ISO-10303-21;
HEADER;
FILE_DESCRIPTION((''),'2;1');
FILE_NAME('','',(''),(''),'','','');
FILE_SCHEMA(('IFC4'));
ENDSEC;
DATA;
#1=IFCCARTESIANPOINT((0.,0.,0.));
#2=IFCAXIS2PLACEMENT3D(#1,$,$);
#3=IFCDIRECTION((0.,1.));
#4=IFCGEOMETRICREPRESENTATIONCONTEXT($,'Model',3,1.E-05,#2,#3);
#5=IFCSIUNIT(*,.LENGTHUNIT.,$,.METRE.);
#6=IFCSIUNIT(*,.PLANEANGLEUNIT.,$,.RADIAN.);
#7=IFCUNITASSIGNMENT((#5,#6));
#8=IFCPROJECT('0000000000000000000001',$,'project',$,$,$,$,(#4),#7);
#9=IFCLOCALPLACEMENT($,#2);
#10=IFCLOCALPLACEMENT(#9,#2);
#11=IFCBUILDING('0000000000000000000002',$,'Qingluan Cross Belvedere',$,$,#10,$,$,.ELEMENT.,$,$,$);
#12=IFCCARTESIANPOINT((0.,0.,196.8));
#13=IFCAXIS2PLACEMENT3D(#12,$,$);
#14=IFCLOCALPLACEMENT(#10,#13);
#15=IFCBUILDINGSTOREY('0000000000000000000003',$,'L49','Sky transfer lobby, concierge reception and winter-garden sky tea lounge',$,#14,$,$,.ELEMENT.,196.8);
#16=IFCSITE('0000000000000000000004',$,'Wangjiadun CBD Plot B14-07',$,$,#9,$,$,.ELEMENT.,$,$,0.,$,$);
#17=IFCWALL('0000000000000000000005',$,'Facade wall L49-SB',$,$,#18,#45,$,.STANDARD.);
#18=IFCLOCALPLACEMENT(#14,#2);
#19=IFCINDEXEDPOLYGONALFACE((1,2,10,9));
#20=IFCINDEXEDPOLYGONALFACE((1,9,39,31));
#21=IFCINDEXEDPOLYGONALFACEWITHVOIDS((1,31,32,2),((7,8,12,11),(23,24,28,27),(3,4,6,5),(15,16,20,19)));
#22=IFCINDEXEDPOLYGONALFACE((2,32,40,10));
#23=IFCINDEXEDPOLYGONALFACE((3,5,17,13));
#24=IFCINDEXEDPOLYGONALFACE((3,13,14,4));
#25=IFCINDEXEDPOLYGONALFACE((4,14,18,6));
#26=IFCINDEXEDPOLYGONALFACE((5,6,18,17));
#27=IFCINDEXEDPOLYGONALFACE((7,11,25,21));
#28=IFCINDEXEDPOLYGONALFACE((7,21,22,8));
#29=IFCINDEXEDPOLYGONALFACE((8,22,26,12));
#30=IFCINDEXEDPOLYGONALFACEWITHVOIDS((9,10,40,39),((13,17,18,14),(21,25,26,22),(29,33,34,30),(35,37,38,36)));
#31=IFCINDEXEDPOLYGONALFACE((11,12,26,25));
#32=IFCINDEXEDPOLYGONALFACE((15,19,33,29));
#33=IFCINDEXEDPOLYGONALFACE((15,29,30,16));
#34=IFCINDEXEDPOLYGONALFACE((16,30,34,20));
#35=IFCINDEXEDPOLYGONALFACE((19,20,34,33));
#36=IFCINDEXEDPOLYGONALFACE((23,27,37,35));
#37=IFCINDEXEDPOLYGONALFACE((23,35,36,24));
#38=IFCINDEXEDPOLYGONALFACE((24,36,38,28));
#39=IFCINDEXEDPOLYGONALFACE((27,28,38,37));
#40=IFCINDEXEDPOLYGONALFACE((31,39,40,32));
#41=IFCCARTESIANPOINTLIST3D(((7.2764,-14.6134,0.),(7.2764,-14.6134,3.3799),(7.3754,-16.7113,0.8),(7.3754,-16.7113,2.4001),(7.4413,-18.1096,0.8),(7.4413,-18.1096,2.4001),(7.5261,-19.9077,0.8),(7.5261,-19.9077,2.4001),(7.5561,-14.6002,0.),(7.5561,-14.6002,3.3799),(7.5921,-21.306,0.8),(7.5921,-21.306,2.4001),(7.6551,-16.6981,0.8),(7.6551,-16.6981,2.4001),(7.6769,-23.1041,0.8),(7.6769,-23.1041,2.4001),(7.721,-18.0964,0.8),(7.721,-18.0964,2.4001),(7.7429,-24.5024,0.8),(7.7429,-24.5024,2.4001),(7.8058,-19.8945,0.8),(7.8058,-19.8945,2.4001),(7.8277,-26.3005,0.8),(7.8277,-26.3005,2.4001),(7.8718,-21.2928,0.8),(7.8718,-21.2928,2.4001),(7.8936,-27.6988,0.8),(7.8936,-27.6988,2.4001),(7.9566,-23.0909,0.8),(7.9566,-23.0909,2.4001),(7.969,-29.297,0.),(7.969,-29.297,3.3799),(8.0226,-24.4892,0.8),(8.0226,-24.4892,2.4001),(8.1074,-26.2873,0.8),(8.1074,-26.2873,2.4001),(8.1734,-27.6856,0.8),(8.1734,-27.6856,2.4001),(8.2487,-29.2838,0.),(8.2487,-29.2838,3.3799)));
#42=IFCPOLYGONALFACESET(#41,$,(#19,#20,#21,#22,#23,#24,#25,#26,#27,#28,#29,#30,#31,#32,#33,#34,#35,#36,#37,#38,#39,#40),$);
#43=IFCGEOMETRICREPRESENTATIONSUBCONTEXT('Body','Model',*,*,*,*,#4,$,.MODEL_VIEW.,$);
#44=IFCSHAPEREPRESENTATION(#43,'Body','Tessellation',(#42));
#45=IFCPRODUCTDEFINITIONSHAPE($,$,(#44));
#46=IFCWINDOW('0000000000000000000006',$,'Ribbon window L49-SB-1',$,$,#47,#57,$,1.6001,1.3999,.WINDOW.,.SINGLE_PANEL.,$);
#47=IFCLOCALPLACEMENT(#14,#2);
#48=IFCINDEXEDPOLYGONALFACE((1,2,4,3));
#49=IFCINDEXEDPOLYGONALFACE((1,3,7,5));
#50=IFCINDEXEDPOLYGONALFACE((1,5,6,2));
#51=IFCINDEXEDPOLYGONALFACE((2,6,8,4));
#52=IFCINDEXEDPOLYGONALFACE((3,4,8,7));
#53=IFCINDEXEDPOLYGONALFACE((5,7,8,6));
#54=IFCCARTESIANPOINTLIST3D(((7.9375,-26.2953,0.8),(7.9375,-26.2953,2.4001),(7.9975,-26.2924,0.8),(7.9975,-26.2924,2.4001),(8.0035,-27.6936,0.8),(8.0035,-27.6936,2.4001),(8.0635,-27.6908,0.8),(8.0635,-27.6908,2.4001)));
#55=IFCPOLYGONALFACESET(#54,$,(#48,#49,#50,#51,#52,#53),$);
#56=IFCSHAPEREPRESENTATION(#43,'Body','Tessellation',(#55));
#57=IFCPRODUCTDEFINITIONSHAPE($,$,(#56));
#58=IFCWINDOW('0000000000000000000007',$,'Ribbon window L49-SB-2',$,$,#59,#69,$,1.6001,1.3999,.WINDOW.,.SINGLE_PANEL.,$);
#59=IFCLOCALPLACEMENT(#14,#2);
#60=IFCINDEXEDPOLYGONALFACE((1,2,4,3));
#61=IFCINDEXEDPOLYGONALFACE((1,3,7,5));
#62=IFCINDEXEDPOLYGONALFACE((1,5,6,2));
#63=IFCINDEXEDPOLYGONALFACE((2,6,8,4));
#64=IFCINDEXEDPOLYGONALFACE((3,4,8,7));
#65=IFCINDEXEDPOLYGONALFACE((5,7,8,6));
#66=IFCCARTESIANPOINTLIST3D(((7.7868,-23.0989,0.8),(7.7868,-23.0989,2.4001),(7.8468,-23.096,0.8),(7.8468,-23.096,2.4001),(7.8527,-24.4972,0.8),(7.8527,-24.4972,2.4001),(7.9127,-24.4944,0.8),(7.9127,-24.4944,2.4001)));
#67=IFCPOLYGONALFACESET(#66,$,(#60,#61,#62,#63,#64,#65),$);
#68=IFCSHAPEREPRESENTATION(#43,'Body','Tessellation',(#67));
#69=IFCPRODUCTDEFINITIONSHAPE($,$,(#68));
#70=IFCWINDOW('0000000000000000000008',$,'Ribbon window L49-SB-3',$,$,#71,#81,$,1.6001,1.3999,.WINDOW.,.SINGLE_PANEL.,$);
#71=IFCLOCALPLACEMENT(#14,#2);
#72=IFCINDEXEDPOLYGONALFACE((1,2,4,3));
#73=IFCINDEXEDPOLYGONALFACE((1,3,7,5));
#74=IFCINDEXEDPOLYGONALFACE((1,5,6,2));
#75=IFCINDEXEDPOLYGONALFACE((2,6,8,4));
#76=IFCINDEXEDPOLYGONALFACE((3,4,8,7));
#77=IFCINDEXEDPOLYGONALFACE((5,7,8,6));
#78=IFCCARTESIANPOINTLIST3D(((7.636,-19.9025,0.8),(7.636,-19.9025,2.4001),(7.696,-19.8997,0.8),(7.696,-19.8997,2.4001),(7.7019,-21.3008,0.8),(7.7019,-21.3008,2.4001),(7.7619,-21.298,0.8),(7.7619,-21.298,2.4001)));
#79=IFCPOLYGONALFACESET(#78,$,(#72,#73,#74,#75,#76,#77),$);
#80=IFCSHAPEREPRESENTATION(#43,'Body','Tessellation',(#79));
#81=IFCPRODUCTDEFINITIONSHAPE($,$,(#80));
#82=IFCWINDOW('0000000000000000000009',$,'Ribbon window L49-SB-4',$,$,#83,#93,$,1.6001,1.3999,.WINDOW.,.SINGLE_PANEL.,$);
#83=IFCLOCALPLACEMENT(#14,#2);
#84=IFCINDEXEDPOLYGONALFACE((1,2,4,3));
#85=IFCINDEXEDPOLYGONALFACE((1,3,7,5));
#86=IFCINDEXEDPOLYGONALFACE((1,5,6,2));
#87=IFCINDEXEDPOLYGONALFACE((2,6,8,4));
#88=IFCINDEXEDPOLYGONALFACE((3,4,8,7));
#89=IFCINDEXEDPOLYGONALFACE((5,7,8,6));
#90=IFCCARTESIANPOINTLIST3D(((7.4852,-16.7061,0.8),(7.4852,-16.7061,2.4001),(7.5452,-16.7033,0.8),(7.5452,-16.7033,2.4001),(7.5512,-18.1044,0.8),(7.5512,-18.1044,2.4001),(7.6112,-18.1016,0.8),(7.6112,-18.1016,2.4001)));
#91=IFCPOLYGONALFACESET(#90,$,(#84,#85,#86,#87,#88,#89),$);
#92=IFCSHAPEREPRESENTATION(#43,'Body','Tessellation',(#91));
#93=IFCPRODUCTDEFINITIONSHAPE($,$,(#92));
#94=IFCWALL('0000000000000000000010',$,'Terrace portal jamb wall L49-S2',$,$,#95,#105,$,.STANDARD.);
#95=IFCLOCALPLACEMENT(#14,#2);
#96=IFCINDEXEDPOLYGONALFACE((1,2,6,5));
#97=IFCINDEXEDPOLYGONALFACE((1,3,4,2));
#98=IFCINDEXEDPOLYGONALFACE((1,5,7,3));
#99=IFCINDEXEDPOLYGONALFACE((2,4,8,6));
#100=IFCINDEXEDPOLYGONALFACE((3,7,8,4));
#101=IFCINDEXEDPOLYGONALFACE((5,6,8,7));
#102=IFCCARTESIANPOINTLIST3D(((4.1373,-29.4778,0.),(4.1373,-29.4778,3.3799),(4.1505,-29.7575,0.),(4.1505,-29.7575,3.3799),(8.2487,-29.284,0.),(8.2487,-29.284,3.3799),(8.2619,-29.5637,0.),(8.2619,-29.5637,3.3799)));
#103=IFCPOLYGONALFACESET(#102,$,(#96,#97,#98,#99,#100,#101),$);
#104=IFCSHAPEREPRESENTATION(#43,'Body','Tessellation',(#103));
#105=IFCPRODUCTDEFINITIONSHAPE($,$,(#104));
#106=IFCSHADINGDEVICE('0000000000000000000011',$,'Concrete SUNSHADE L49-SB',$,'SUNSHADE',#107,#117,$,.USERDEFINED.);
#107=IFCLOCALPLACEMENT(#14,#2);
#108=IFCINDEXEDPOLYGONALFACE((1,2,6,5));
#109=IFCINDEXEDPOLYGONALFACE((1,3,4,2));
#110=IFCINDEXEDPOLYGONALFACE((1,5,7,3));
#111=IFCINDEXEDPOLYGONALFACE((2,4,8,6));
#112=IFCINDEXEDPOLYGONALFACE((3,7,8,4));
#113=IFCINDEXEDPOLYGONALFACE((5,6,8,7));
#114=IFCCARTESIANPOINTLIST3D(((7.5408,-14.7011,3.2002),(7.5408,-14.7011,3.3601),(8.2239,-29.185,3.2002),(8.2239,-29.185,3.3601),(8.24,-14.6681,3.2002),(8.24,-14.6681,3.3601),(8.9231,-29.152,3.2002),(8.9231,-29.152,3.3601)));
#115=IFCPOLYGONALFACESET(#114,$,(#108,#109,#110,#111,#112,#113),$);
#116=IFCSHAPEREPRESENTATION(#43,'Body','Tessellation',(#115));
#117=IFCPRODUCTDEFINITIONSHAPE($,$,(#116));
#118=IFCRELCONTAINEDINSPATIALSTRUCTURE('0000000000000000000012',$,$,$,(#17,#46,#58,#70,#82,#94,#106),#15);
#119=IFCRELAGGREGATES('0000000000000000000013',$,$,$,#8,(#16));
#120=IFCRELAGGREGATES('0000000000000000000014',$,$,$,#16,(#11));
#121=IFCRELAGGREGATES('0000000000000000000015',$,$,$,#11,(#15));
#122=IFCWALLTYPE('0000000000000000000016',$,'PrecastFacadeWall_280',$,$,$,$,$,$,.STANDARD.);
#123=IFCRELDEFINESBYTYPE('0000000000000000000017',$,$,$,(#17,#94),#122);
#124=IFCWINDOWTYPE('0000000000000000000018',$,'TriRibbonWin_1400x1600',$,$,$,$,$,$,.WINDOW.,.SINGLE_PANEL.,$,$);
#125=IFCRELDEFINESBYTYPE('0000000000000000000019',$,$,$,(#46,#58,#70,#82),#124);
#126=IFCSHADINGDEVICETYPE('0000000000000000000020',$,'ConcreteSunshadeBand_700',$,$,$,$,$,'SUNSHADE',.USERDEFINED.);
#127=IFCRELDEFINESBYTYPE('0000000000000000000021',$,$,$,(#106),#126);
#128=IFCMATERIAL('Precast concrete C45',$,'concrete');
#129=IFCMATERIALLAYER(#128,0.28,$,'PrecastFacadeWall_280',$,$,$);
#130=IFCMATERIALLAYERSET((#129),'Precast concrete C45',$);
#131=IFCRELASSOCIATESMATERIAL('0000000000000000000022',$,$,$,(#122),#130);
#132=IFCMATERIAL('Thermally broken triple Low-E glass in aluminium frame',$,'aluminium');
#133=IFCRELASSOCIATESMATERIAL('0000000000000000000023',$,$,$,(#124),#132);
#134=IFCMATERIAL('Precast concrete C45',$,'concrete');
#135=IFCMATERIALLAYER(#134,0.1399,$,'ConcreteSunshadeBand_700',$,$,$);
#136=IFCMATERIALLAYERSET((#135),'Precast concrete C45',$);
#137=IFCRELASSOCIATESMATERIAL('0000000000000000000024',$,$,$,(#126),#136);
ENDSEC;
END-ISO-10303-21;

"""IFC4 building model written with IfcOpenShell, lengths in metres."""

from ifc_helpers import new_model, si_unit, direction, frame, frame_2d, origin, origin_2d, place, context, subcontext, project, spatial, rectangle, extrude, material, layer, layer_set, type_object, element, fill, save


model = new_model("IFC4")

# Units and contexts
model_context = context("Model", 3, precision=1e-05, world=origin(), true_north=direction((0.0, 1.0)))
body_context = subcontext(model_context, "Body", "Model", "MODEL_VIEW")
ifc_project = project(units=[si_unit("LENGTHUNIT", "METRE"), si_unit("PLANEANGLEUNIT", "RADIAN")], contexts=[model_context])

# Site, building, storey
site_placement = place(None, origin())
site = spatial("IfcSite", under=ifc_project, at=site_placement, Name="Wangjiadun CBD Plot B14-07", CompositionType="ELEMENT", RefElevation=0.0)
building_placement = place(site_placement, origin())
building = spatial("IfcBuilding", under=site, at=building_placement, Name="Qingluan Cross Belvedere", CompositionType="ELEMENT")
storey_placement = place(building_placement, frame((0.0, 0.0, 196.8)))
storey = spatial("IfcBuildingStorey", under=building, at=storey_placement, Name="L49", Description="Sky transfer lobby, concierge reception and winter-garden sky tea lounge", CompositionType="ELEMENT", Elevation=196.8)

# Wall, openings, windows
ifc_material_1 = material(Name="Precast concrete C45", Category="concrete")
ifc_layer_1 = layer(ifc_material_1, 0.28, Name="PrecastFacadeWall_280")
ifc_layer_set_1 = layer_set([ifc_layer_1], Name="Precast concrete C45")
wall_type_1 = type_object("IfcWallType", Name="PrecastFacadeWall_280", PredefinedType="STANDARD", material=ifc_layer_set_1)
wall_1_placement = place(storey_placement, frame((8.1089, -29.2905, 0.0), z_axis=(0.0, 0.0, 1.0), x_axis=(-0.047118, 0.998889, 0.0)))
wall_1 = element("IfcWall", 1, at=wall_1_placement, inside=storey, type_object=wall_type_1, Name="Facade wall L49-SB", PredefinedType="STANDARD", context=body_context, shape_type="SweptSolid", body=[
    extrude(rectangle(XDim=14.7, YDim=0.28, at=frame_2d((7.3501, 0.0))), origin(), (0.0, 0.0, 1.0), 3.3799),
])
opening_1_placement = place(wall_1_placement, frame((1.6001, 0.0, 0.8)))
opening_1 = element("IfcOpeningElement", 2, at=opening_1_placement, cuts=wall_1, PredefinedType="OPENING", context=body_context, shape_type="SweptSolid", body=[
    extrude(rectangle(XDim=1.3999, YDim=1.6001, at=frame_2d((0.7, 0.8))), frame((0.0, 0.1499, 0.0), z_axis=(0.0, -1.0, 0.0), x_axis=(1.0, 0.0, 0.0)), (0.0, 0.0, 1.0), 0.3),
])
opening_2_placement = place(wall_1_placement, frame((4.8, 0.0, 0.8)))
opening_2 = element("IfcOpeningElement", 3, at=opening_2_placement, cuts=wall_1, PredefinedType="OPENING", context=body_context, shape_type="SweptSolid", body=[
    extrude(rectangle(XDim=1.3999, YDim=1.6001, at=frame_2d((0.7, 0.8))), frame((0.0, 0.1499, 0.0), z_axis=(0.0, -1.0, 0.0), x_axis=(1.0, 0.0, 0.0)), (0.0, 0.0, 1.0), 0.3),
])
opening_3_placement = place(wall_1_placement, frame((8.0, 0.0, 0.8)))
opening_3 = element("IfcOpeningElement", 4, at=opening_3_placement, cuts=wall_1, PredefinedType="OPENING", context=body_context, shape_type="SweptSolid", body=[
    extrude(rectangle(XDim=1.3999, YDim=1.6001, at=frame_2d((0.7, 0.8))), frame((0.0, 0.1499, 0.0), z_axis=(0.0, -1.0, 0.0), x_axis=(1.0, 0.0, 0.0)), (0.0, 0.0, 1.0), 0.3),
])
opening_4_placement = place(wall_1_placement, frame((11.2, 0.0, 0.8)))
opening_4 = element("IfcOpeningElement", 5, at=opening_4_placement, cuts=wall_1, PredefinedType="OPENING", context=body_context, shape_type="SweptSolid", body=[
    extrude(rectangle(XDim=1.3999, YDim=1.6001, at=frame_2d((0.7, 0.8))), frame((0.0, 0.1499, 0.0), z_axis=(0.0, -1.0, 0.0), x_axis=(1.0, 0.0, 0.0)), (0.0, 0.0, 1.0), 0.3),
])
ifc_material_2 = material(Name="Thermally broken triple Low-E glass in aluminium frame", Category="aluminium")
window_type = type_object("IfcWindowType", Name="TriRibbonWin_1400x1600", PartitioningType="SINGLE_PANEL", PredefinedType="WINDOW", material=ifc_material_2)
window_1_placement = place(opening_1_placement, origin())
window_1 = element("IfcWindow", 6, at=window_1_placement, inside=storey, type_object=window_type, Name="Ribbon window L49-SB-1", OverallHeight=1.6001, OverallWidth=1.3999, PartitioningType="SINGLE_PANEL", PredefinedType="WINDOW", context=body_context, shape_type="SweptSolid", body=[
    extrude(rectangle(XDim=1.3999, YDim=1.6001, at=frame_2d((0.7, 0.8))), frame((0.0, 0.03, 0.0), z_axis=(0.0, -1.0, 0.0), x_axis=(1.0, 0.0, 0.0)), (0.0, 0.0, 1.0), 0.0601),
])
fill(opening_1, window_1)
window_2_placement = place(opening_2_placement, origin())
window_2 = element("IfcWindow", 7, at=window_2_placement, inside=storey, type_object=window_type, Name="Ribbon window L49-SB-2", OverallHeight=1.6001, OverallWidth=1.3999, PartitioningType="SINGLE_PANEL", PredefinedType="WINDOW", context=body_context, shape_type="SweptSolid", body=[
    extrude(rectangle(XDim=1.3999, YDim=1.6001, at=frame_2d((0.7, 0.8))), frame((0.0, 0.03, 0.0), z_axis=(0.0, -1.0, 0.0), x_axis=(1.0, 0.0, 0.0)), (0.0, 0.0, 1.0), 0.0601),
])
fill(opening_2, window_2)
window_3_placement = place(opening_3_placement, origin())
window_3 = element("IfcWindow", 8, at=window_3_placement, inside=storey, type_object=window_type, Name="Ribbon window L49-SB-3", OverallHeight=1.6001, OverallWidth=1.3999, PartitioningType="SINGLE_PANEL", PredefinedType="WINDOW", context=body_context, shape_type="SweptSolid", body=[
    extrude(rectangle(XDim=1.3999, YDim=1.6001, at=frame_2d((0.7, 0.8))), frame((0.0, 0.03, 0.0), z_axis=(0.0, -1.0, 0.0), x_axis=(1.0, 0.0, 0.0)), (0.0, 0.0, 1.0), 0.0601),
])
fill(opening_3, window_3)
window_4_placement = place(opening_4_placement, origin())
window_4 = element("IfcWindow", 9, at=window_4_placement, inside=storey, type_object=window_type, Name="Ribbon window L49-SB-4", OverallHeight=1.6001, OverallWidth=1.3999, PartitioningType="SINGLE_PANEL", PredefinedType="WINDOW", context=body_context, shape_type="SweptSolid", body=[
    extrude(rectangle(XDim=1.3999, YDim=1.6001, at=frame_2d((0.7, 0.8))), frame((0.0, 0.03, 0.0), z_axis=(0.0, -1.0, 0.0), x_axis=(1.0, 0.0, 0.0)), (0.0, 0.0, 1.0), 0.0601),
])
fill(opening_4, window_4)

# Wall
wall_2_placement = place(storey_placement, frame((4.1438, -29.6177, 0.0), z_axis=(0.0, 0.0, 1.0), x_axis=(0.99889, 0.047097, 0.0)))
element("IfcWall", 10, at=wall_2_placement, inside=storey, type_object=wall_type_1, Name="Terrace portal jamb wall L49-S2", PredefinedType="STANDARD", context=body_context, shape_type="SweptSolid", body=[
    extrude(rectangle(XDim=4.116, YDim=0.28, at=frame_2d((2.0581, 0.0))), origin(), (0.0, 0.0, 1.0), 3.3799),
])

# Shading device
ifc_material_3 = material(Name="Precast concrete C45", Category="concrete")
ifc_layer_2 = layer(ifc_material_3, 0.1399, Name="ConcreteSunshadeBand_700")
ifc_layer_set_2 = layer_set([ifc_layer_2], Name="Precast concrete C45")
shading_device_type = type_object("IfcShadingDeviceType", Name="ConcreteSunshadeBand_700", ElementType="SUNSHADE", PredefinedType="USERDEFINED", material=ifc_layer_set_2)
shading_device_placement = place(storey_placement, frame((8.2319, -21.9265, 3.2002), z_axis=(0.0, 0.0, 1.0), x_axis=(-0.047109, 0.99889, 0.0)))
element("IfcShadingDevice", 11, at=shading_device_placement, inside=storey, type_object=shading_device_type, Name="Concrete SUNSHADE L49-SB", ObjectType="SUNSHADE", PredefinedType="USERDEFINED", context=body_context, shape_type="SweptSolid", body=[
    extrude(rectangle(XDim=14.5, YDim=0.7, at=origin_2d()), origin(), (0.0, 0.0, 1.0), 0.1599),
])

save(model, "model.ifc")
